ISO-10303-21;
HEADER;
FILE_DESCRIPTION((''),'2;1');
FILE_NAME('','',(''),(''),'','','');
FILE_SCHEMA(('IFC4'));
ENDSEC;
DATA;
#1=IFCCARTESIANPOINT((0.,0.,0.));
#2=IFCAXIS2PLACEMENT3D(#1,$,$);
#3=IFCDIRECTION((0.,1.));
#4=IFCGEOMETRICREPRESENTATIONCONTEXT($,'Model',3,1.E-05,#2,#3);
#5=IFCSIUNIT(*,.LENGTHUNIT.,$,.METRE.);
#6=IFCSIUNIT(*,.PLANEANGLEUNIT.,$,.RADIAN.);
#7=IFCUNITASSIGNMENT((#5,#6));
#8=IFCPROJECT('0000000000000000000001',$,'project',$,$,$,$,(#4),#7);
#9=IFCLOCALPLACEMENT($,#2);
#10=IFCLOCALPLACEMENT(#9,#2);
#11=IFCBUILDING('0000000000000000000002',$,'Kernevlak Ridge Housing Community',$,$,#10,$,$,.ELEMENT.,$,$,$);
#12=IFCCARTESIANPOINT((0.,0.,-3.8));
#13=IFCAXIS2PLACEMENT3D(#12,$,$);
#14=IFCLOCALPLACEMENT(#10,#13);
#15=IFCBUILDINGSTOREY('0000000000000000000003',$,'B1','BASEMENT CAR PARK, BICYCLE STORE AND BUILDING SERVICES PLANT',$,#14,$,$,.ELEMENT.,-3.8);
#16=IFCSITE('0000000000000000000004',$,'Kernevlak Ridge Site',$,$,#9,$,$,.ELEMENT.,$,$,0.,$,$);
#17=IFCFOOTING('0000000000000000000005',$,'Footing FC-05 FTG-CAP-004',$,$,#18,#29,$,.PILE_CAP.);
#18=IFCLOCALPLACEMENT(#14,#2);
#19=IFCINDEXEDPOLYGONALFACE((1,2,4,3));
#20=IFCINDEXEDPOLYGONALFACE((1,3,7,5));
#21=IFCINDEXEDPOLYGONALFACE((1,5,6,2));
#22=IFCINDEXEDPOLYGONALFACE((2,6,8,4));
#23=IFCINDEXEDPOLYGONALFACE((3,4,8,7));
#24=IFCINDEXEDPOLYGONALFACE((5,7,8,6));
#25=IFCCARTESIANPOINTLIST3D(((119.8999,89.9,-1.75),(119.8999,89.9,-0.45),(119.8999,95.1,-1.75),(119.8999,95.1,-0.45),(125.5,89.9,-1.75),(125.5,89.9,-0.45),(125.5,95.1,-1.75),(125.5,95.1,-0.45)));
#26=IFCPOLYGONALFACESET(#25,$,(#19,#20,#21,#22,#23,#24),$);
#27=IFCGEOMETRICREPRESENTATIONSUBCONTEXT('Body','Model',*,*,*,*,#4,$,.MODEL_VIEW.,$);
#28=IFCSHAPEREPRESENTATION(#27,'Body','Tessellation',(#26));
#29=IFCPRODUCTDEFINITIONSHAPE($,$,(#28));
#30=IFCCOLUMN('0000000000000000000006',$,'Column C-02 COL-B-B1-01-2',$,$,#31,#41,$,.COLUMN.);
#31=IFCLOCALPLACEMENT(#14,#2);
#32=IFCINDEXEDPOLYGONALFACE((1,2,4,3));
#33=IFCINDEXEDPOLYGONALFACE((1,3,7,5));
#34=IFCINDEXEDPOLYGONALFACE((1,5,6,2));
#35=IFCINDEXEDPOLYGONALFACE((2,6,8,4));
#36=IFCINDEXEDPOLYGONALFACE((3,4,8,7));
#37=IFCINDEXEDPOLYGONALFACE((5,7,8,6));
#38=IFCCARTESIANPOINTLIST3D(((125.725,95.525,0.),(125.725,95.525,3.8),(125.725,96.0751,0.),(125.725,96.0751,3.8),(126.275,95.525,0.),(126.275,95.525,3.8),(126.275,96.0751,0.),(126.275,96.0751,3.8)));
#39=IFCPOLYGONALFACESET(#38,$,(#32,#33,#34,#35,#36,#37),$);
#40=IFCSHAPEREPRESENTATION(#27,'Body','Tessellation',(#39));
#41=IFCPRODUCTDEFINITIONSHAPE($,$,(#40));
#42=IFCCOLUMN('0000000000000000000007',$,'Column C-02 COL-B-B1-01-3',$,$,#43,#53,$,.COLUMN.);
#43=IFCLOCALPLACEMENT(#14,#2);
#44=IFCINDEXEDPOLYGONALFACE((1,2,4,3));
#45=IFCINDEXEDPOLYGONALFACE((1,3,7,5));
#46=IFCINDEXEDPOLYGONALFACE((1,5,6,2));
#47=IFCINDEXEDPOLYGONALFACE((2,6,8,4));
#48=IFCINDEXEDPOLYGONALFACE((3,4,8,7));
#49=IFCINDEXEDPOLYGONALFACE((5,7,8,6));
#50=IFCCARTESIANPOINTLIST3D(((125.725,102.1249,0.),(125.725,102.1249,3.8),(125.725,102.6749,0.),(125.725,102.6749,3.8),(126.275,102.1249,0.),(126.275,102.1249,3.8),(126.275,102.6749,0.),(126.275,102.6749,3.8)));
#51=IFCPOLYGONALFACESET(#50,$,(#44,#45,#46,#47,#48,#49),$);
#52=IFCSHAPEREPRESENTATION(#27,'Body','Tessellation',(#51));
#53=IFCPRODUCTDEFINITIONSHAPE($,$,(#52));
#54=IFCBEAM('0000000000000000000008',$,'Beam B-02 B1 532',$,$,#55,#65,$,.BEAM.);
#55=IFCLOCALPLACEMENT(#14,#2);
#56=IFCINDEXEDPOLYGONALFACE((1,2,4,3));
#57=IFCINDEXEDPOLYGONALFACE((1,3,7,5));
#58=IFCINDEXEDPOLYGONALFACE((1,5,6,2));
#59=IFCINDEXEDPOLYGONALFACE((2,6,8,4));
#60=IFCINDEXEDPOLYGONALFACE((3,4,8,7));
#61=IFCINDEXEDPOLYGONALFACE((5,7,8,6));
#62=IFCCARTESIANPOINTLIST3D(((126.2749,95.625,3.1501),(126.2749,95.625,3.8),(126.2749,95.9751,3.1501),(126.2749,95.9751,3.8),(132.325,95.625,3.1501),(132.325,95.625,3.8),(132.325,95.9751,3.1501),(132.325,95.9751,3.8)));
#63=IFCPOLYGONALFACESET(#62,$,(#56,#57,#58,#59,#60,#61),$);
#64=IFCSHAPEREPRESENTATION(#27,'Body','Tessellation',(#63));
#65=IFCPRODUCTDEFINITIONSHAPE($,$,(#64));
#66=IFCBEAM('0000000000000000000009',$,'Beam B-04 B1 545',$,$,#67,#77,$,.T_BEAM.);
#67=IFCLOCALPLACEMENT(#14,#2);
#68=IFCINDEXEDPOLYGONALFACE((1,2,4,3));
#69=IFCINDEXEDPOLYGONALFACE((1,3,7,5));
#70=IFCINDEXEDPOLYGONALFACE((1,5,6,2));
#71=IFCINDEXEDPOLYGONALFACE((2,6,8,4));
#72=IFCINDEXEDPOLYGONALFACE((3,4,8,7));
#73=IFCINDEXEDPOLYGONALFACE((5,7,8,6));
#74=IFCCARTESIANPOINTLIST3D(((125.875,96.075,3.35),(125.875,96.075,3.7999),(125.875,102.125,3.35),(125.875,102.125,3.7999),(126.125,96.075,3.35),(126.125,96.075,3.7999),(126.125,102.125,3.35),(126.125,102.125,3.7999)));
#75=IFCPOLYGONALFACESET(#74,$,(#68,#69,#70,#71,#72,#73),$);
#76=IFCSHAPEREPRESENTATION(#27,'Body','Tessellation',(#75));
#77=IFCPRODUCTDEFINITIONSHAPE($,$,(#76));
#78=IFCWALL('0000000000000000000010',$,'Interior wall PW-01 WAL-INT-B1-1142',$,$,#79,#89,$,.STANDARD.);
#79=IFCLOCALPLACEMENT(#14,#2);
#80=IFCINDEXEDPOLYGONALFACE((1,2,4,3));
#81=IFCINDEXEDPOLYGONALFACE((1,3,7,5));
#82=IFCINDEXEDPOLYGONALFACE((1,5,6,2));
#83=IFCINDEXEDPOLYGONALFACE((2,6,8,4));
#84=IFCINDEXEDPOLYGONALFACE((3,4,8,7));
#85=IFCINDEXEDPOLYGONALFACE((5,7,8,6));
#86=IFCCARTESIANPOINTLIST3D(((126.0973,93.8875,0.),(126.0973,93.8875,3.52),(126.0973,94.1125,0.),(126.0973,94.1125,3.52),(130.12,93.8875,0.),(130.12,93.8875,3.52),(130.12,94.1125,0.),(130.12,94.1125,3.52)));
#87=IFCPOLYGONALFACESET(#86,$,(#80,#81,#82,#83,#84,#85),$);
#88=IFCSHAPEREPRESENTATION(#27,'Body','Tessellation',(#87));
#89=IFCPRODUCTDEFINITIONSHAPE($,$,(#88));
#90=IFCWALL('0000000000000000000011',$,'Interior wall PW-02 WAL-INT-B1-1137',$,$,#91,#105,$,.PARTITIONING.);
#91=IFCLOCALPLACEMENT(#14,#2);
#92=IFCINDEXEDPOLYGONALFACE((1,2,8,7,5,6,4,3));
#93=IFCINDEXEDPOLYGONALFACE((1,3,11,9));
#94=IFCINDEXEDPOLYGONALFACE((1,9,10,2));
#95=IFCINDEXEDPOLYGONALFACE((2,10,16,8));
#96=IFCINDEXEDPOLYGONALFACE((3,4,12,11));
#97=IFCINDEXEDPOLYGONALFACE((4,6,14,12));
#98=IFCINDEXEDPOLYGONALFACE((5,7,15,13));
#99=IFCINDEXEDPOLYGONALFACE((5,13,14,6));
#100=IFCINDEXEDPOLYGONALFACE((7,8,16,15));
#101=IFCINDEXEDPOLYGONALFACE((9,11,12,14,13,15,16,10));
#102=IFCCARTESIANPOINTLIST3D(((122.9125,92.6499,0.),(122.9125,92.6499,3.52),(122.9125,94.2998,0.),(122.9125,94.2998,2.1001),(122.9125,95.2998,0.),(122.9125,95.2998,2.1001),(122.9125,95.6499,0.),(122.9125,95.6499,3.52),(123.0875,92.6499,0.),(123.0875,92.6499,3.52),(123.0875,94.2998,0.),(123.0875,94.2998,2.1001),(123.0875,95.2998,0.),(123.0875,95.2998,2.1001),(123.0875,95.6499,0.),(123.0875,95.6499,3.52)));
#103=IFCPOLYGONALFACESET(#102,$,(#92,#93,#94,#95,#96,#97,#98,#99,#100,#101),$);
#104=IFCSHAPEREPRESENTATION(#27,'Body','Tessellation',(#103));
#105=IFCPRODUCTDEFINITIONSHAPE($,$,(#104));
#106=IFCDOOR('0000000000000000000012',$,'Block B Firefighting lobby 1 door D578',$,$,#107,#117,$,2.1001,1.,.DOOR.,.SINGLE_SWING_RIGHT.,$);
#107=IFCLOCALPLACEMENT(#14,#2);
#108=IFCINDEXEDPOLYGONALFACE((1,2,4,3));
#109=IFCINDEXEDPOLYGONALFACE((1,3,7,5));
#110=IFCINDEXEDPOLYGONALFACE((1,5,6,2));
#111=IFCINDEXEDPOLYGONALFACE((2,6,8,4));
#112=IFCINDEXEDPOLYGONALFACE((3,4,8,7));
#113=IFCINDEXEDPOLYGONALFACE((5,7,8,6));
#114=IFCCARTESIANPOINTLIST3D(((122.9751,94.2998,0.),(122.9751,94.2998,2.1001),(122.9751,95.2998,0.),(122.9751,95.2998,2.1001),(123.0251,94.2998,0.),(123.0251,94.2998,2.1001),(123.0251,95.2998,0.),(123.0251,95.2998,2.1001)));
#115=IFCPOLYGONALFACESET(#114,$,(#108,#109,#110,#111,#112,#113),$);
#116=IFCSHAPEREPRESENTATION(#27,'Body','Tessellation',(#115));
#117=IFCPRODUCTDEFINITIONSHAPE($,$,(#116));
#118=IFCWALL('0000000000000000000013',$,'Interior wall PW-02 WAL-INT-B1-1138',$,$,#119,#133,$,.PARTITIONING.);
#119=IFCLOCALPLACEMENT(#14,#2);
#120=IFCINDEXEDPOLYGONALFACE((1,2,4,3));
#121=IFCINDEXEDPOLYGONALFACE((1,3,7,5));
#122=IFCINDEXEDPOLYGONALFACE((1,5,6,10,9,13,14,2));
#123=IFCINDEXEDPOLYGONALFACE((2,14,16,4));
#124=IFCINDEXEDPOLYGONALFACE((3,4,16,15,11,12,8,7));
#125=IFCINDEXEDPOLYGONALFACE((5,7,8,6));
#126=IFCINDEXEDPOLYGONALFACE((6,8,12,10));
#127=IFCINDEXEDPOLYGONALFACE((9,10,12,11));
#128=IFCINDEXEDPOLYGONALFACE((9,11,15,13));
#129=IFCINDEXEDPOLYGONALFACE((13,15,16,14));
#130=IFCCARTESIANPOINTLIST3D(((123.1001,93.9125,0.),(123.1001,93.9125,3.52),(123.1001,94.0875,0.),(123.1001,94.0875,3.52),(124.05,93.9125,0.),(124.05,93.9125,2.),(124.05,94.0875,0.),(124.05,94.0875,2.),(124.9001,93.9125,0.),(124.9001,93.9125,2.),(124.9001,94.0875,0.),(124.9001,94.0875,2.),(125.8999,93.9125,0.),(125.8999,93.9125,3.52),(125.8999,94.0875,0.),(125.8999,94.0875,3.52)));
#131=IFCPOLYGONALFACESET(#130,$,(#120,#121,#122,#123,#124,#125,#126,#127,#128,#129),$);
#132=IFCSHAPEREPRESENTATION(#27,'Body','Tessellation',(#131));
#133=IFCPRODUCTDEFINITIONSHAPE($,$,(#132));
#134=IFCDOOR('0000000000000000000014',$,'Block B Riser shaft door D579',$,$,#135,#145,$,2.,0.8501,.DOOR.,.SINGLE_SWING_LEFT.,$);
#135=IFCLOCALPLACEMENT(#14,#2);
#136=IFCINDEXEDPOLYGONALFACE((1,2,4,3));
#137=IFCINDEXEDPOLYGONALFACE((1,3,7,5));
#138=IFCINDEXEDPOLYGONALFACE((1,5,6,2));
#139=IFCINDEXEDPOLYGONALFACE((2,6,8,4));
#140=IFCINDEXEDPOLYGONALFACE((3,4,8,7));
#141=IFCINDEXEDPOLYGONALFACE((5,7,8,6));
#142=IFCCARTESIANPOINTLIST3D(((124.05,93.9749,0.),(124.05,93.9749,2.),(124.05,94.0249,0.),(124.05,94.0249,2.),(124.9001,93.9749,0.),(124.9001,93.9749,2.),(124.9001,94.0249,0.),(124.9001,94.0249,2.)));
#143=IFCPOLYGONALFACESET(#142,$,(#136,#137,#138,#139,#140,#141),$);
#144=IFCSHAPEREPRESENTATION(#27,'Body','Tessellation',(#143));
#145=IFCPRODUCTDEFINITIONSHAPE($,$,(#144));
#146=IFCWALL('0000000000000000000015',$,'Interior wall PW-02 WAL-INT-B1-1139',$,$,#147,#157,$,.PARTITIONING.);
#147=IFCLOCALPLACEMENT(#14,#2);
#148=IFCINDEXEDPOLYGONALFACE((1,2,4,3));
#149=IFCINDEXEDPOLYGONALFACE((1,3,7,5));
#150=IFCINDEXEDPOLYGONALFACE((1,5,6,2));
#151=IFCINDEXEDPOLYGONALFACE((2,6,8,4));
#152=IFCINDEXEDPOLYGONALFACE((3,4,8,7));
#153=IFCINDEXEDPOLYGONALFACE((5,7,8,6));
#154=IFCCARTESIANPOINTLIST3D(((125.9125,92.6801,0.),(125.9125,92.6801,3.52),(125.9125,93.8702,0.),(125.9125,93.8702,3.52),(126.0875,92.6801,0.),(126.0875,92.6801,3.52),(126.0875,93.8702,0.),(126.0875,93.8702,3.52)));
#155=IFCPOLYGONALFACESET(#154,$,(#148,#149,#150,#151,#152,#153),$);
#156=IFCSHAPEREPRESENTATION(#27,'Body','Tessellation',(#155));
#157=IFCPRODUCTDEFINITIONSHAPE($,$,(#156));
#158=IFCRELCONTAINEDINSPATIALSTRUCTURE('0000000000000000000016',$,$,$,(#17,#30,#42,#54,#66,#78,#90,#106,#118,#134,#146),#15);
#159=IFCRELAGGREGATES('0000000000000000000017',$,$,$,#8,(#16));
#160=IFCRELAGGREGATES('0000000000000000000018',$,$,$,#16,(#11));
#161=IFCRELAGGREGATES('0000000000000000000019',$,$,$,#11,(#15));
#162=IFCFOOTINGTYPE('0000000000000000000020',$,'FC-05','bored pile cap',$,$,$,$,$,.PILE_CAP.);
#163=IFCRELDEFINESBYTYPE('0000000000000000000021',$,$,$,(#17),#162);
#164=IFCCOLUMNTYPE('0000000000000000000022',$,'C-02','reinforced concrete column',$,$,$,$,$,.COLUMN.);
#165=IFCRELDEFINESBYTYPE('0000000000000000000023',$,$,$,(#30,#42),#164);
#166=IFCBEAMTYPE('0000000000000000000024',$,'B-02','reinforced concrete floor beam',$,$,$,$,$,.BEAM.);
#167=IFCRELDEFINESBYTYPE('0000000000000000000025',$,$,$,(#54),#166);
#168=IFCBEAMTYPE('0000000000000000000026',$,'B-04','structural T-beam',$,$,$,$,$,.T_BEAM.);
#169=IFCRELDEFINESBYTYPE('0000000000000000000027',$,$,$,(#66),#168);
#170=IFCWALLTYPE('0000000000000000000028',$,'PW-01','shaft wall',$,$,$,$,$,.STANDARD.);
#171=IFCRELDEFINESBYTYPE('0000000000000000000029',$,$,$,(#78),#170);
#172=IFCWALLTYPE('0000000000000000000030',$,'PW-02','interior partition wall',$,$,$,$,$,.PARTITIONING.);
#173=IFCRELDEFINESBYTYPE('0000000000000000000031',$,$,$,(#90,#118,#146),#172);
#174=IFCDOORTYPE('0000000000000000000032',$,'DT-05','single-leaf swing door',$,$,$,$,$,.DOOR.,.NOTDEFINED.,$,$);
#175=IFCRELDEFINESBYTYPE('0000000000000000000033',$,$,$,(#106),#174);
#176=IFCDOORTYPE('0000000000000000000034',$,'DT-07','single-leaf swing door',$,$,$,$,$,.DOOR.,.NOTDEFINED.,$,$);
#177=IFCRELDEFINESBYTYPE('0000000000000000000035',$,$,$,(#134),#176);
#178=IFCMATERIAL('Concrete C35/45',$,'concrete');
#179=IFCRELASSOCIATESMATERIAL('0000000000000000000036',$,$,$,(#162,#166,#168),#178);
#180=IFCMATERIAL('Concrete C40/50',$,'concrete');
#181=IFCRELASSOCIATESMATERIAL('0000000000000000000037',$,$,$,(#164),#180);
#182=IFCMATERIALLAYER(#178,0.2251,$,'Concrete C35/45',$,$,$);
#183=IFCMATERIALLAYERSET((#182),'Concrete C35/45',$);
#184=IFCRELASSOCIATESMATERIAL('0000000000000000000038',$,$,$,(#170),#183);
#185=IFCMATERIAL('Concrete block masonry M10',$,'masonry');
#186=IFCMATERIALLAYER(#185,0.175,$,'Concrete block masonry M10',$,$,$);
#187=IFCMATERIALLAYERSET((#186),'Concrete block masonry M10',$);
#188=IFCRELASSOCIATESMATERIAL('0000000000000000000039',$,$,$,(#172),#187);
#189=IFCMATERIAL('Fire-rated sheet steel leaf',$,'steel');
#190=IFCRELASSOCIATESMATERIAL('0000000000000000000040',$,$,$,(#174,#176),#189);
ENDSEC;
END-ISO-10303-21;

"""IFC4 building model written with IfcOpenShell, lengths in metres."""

from ifc_helpers import new_model, si_unit, direction, frame, frame_2d, origin, origin_2d, place, context, subcontext, project, spatial, rectangle, extrude, material, layer, layer_set, material_profile, profile_set, type_object, element, fill, save


model = new_model("IFC4")

# Units and contexts
model_context = context("Model", 3, precision=1e-05, world=origin(), true_north=direction((0.0, 1.0)))
body_context = subcontext(model_context, "Body", "Model", "MODEL_VIEW")
ifc_project = project(units=[si_unit("LENGTHUNIT", "METRE"), si_unit("PLANEANGLEUNIT", "RADIAN")], contexts=[model_context])

# Site, building, storey
site_placement = place(None, origin())
site = spatial("IfcSite", under=ifc_project, at=site_placement, Name="Kernevlak Ridge Site", CompositionType="ELEMENT", RefElevation=0.0)
building_placement = place(site_placement, origin())
building = spatial("IfcBuilding", under=site, at=building_placement, Name="Kernevlak Ridge Housing Community", CompositionType="ELEMENT")
storey_placement = place(building_placement, frame((0.0, 0.0, -3.8)))
storey = spatial("IfcBuildingStorey", under=building, at=storey_placement, Name="B1", Description="BASEMENT CAR PARK, BICYCLE STORE AND BUILDING SERVICES PLANT", CompositionType="ELEMENT", Elevation=-3.8)

# Shared definitions
ifc_material_1 = material(Name="Concrete C35/45", Category="concrete")

# Footing
footing_type_1 = type_object("IfcFootingType", Name="FC-05", Description="bored pile cap", PredefinedType="PILE_CAP", material=ifc_material_1)
footing_1_placement = place(storey_placement, frame((122.7, 92.5, -1.75), z_axis=(0.0, 0.0, 1.0), x_axis=(1.0, 0.0, 0.0)))
element("IfcFooting", 1, at=footing_1_placement, inside=storey, type_object=footing_type_1, Name="Footing FC-05 FTG-CAP-004", PredefinedType="PILE_CAP", context=body_context, shape_type="SweptSolid", body=[
    extrude(rectangle(XDim=5.6001, YDim=5.2, at=origin_2d()), origin(), (0.0, 0.0, 1.0), 1.3),
])

# Columns
ifc_material_2 = material(Name="Concrete C40/50", Category="concrete")
ifc_material_profile_1 = material_profile(ifc_material_2, rectangle(XDim=0.55, YDim=0.55, at=origin_2d()), Name="RC 550x550")
ifc_profile_set_1 = profile_set([ifc_material_profile_1], Name="Concrete C40/50")
column_type = type_object("IfcColumnType", Name="C-02", Description="reinforced concrete column", PredefinedType="COLUMN", material=ifc_profile_set_1)
for number, where, z_axis, x_axis, name in (
    (2, (126.0, 95.8, 0.0), (0.0, 0.0, 1.0), (1.0, 0.0, 0.0), "Column C-02 COL-B-B1-01-2"),
    (3, (126.0, 102.3999, 0.0), (0.0, 0.0, 1.0), (1.0, 0.0, 0.0), "Column C-02 COL-B-B1-01-3"),
):
    element("IfcColumn", number, at=place(storey_placement, frame(where, z_axis=z_axis, x_axis=x_axis)), inside=storey, type_object=column_type, Name=name, PredefinedType="COLUMN", context=body_context, shape_type="SweptSolid", body=[
        extrude(rectangle(XDim=0.55, YDim=0.55, at=origin_2d()), origin(), (0.0, 0.0, 1.0), 3.8),
    ])

# Beams
ifc_material_profile_2 = material_profile(ifc_material_1, rectangle(XDim=0.3501, YDim=0.6499, at=origin_2d()), Name="RC 350x650")
ifc_profile_set_2 = profile_set([ifc_material_profile_2], Name="Concrete C35/45")
beam_type_1 = type_object("IfcBeamType", Name="B-02", Description="reinforced concrete floor beam", PredefinedType="BEAM", material=ifc_profile_set_2)
beam_1_placement = place(storey_placement, frame((126.2749, 95.8, 3.4751), z_axis=(1.0, 0.0, 0.0), x_axis=(0.0, 1.0, 0.0)))
element("IfcBeam", 4, at=beam_1_placement, inside=storey, type_object=beam_type_1, Name="Beam B-02 B1 532", PredefinedType="BEAM", context=body_context, shape_type="SweptSolid", body=[
    extrude(rectangle(XDim=0.3501, YDim=0.6499, at=origin_2d()), origin(), (0.0, 0.0, 1.0), 6.05),
])
ifc_material_profile_3 = material_profile(ifc_material_1, rectangle(XDim=0.25, YDim=0.45, at=origin_2d()), Name="RC 250x450")
ifc_profile_set_3 = profile_set([ifc_material_profile_3], Name="Concrete C35/45")
beam_type_2 = type_object("IfcBeamType", Name="B-04", Description="structural T-beam", PredefinedType="T_BEAM", material=ifc_profile_set_3)
beam_2_placement = place(storey_placement, frame((126.0, 96.075, 3.575), z_axis=(0.0, 1.0, 0.0), x_axis=(-1.0, 0.0, 0.0)))
element("IfcBeam", 5, at=beam_2_placement, inside=storey, type_object=beam_type_2, Name="Beam B-04 B1 545", PredefinedType="T_BEAM", context=body_context, shape_type="SweptSolid", body=[
    extrude(rectangle(XDim=0.25, YDim=0.45, at=origin_2d()), origin(), (0.0, 0.0, 1.0), 6.05),
])

# Wall
ifc_layer_1 = layer(ifc_material_1, 0.2251, Name="Concrete C35/45")
ifc_layer_set_1 = layer_set([ifc_layer_1], Name="Concrete C35/45")
wall_type_1 = type_object("IfcWallType", Name="PW-01", Description="shaft wall", PredefinedType="STANDARD", material=ifc_layer_set_1)
wall_1_placement = place(storey_placement, frame((126.0974, 94.0, 0.0), z_axis=(0.0, 0.0, 1.0), x_axis=(1.0, 0.0, 0.0)))
element("IfcWall", 6, at=wall_1_placement, inside=storey, type_object=wall_type_1, Name="Interior wall PW-01 WAL-INT-B1-1142", PredefinedType="STANDARD", context=body_context, shape_type="SweptSolid", body=[
    extrude(rectangle(XDim=4.0227, YDim=0.2251, at=frame_2d((2.0112, 0.0))), origin(), (0.0, 0.0, 1.0), 3.52),
])

# Walls, openings, doors
ifc_material_3 = material(Name="Concrete block masonry M10", Category="masonry")
ifc_layer_2 = layer(ifc_material_3, 0.175, Name="Concrete block masonry M10")
ifc_layer_set_2 = layer_set([ifc_layer_2], Name="Concrete block masonry M10")
wall_type_2 = type_object("IfcWallType", Name="PW-02", Description="interior partition wall", PredefinedType="PARTITIONING", material=ifc_layer_set_2)
wall_2_placement = place(storey_placement, frame((123.0, 92.6499, 0.0), z_axis=(0.0, 0.0, 1.0), x_axis=(0.0, 1.0, 0.0)))
wall_2 = element("IfcWall", 7, at=wall_2_placement, inside=storey, type_object=wall_type_2, Name="Interior wall PW-02 WAL-INT-B1-1137", PredefinedType="PARTITIONING", context=body_context, shape_type="SweptSolid", body=[
    extrude(rectangle(XDim=3.0, YDim=0.175, at=frame_2d((1.5, 0.0))), origin(), (0.0, 0.0, 1.0), 3.52),
])
opening_1_placement = place(wall_2_placement, frame((1.6499, 0.0, 0.0)))
opening_1 = element("IfcOpeningElement", 8, at=opening_1_placement, cuts=wall_2, PredefinedType="OPENING", context=body_context, shape_type="SweptSolid", body=[
    extrude(rectangle(XDim=1.0, YDim=2.1001, at=frame_2d((0.5, 1.05))), frame((0.0, 0.0974, 0.0), z_axis=(0.0, -1.0, 0.0), x_axis=(1.0, 0.0, 0.0)), (0.0, 0.0, 1.0), 0.1951),
])
ifc_material_4 = material(Name="Fire-rated sheet steel leaf", Category="steel")
door_type_1 = type_object("IfcDoorType", Name="DT-05", Description="single-leaf swing door", OperationType="NOTDEFINED", PredefinedType="DOOR", material=ifc_material_4)
door_1_placement = place(opening_1_placement, origin())
door_1 = element("IfcDoor", 9, at=door_1_placement, inside=storey, type_object=door_type_1, Name="Block B Firefighting lobby 1 door D578", OperationType="SINGLE_SWING_RIGHT", OverallHeight=2.1001, OverallWidth=1.0, PredefinedType="DOOR", context=body_context, shape_type="SweptSolid", body=[
    extrude(rectangle(XDim=1.0, YDim=2.1001, at=frame_2d((0.5, 1.05))), frame((0.0, 0.0249, 0.0), z_axis=(0.0, -1.0, 0.0), x_axis=(1.0, 0.0, 0.0)), (0.0, 0.0, 1.0), 0.05),
])
fill(opening_1, door_1)
wall_3_placement = place(storey_placement, frame((123.1001, 94.0, 0.0), z_axis=(0.0, 0.0, 1.0), x_axis=(1.0, 0.0, 0.0)))
wall_3 = element("IfcWall", 10, at=wall_3_placement, inside=storey, type_object=wall_type_2, Name="Interior wall PW-02 WAL-INT-B1-1138", PredefinedType="PARTITIONING", context=body_context, shape_type="SweptSolid", body=[
    extrude(rectangle(XDim=2.7998, YDim=0.175, at=frame_2d((1.3999, 0.0))), origin(), (0.0, 0.0, 1.0), 3.52),
])
opening_2_placement = place(wall_3_placement, frame((0.95, 0.0, 0.0)))
opening_2 = element("IfcOpeningElement", 11, at=opening_2_placement, cuts=wall_3, PredefinedType="OPENING", context=body_context, shape_type="SweptSolid", body=[
    extrude(rectangle(XDim=0.8501, YDim=2.0, at=frame_2d((0.425, 1.0))), frame((0.0, 0.0974, 0.0), z_axis=(0.0, -1.0, 0.0), x_axis=(1.0, 0.0, 0.0)), (0.0, 0.0, 1.0), 0.1951),
])
door_type_2 = type_object("IfcDoorType", Name="DT-07", Description="single-leaf swing door", OperationType="NOTDEFINED", PredefinedType="DOOR", material=ifc_material_4)
door_2_placement = place(opening_2_placement, origin())
door_2 = element("IfcDoor", 12, at=door_2_placement, inside=storey, type_object=door_type_2, Name="Block B Riser shaft door D579", OperationType="SINGLE_SWING_LEFT", OverallHeight=2.0, OverallWidth=0.8501, PredefinedType="DOOR", context=body_context, shape_type="SweptSolid", body=[
    extrude(rectangle(XDim=0.8501, YDim=2.0, at=frame_2d((0.425, 1.0))), frame((0.0, 0.0249, 0.0), z_axis=(0.0, -1.0, 0.0), x_axis=(1.0, 0.0, 0.0)), (0.0, 0.0, 1.0), 0.05),
])
fill(opening_2, door_2)

# Wall
wall_4_placement = place(storey_placement, frame((126.0, 92.6799, 0.0), z_axis=(0.0, 0.0, 1.0), x_axis=(0.0, 1.0, 0.0)))
element("IfcWall", 13, at=wall_4_placement, inside=storey, type_object=wall_type_2, Name="Interior wall PW-02 WAL-INT-B1-1139", PredefinedType="PARTITIONING", context=body_context, shape_type="SweptSolid", body=[
    extrude(rectangle(XDim=1.1902, YDim=0.175, at=frame_2d((0.5952, 0.0))), origin(), (0.0, 0.0, 1.0), 3.52),
])

save(model, "model.ifc")
